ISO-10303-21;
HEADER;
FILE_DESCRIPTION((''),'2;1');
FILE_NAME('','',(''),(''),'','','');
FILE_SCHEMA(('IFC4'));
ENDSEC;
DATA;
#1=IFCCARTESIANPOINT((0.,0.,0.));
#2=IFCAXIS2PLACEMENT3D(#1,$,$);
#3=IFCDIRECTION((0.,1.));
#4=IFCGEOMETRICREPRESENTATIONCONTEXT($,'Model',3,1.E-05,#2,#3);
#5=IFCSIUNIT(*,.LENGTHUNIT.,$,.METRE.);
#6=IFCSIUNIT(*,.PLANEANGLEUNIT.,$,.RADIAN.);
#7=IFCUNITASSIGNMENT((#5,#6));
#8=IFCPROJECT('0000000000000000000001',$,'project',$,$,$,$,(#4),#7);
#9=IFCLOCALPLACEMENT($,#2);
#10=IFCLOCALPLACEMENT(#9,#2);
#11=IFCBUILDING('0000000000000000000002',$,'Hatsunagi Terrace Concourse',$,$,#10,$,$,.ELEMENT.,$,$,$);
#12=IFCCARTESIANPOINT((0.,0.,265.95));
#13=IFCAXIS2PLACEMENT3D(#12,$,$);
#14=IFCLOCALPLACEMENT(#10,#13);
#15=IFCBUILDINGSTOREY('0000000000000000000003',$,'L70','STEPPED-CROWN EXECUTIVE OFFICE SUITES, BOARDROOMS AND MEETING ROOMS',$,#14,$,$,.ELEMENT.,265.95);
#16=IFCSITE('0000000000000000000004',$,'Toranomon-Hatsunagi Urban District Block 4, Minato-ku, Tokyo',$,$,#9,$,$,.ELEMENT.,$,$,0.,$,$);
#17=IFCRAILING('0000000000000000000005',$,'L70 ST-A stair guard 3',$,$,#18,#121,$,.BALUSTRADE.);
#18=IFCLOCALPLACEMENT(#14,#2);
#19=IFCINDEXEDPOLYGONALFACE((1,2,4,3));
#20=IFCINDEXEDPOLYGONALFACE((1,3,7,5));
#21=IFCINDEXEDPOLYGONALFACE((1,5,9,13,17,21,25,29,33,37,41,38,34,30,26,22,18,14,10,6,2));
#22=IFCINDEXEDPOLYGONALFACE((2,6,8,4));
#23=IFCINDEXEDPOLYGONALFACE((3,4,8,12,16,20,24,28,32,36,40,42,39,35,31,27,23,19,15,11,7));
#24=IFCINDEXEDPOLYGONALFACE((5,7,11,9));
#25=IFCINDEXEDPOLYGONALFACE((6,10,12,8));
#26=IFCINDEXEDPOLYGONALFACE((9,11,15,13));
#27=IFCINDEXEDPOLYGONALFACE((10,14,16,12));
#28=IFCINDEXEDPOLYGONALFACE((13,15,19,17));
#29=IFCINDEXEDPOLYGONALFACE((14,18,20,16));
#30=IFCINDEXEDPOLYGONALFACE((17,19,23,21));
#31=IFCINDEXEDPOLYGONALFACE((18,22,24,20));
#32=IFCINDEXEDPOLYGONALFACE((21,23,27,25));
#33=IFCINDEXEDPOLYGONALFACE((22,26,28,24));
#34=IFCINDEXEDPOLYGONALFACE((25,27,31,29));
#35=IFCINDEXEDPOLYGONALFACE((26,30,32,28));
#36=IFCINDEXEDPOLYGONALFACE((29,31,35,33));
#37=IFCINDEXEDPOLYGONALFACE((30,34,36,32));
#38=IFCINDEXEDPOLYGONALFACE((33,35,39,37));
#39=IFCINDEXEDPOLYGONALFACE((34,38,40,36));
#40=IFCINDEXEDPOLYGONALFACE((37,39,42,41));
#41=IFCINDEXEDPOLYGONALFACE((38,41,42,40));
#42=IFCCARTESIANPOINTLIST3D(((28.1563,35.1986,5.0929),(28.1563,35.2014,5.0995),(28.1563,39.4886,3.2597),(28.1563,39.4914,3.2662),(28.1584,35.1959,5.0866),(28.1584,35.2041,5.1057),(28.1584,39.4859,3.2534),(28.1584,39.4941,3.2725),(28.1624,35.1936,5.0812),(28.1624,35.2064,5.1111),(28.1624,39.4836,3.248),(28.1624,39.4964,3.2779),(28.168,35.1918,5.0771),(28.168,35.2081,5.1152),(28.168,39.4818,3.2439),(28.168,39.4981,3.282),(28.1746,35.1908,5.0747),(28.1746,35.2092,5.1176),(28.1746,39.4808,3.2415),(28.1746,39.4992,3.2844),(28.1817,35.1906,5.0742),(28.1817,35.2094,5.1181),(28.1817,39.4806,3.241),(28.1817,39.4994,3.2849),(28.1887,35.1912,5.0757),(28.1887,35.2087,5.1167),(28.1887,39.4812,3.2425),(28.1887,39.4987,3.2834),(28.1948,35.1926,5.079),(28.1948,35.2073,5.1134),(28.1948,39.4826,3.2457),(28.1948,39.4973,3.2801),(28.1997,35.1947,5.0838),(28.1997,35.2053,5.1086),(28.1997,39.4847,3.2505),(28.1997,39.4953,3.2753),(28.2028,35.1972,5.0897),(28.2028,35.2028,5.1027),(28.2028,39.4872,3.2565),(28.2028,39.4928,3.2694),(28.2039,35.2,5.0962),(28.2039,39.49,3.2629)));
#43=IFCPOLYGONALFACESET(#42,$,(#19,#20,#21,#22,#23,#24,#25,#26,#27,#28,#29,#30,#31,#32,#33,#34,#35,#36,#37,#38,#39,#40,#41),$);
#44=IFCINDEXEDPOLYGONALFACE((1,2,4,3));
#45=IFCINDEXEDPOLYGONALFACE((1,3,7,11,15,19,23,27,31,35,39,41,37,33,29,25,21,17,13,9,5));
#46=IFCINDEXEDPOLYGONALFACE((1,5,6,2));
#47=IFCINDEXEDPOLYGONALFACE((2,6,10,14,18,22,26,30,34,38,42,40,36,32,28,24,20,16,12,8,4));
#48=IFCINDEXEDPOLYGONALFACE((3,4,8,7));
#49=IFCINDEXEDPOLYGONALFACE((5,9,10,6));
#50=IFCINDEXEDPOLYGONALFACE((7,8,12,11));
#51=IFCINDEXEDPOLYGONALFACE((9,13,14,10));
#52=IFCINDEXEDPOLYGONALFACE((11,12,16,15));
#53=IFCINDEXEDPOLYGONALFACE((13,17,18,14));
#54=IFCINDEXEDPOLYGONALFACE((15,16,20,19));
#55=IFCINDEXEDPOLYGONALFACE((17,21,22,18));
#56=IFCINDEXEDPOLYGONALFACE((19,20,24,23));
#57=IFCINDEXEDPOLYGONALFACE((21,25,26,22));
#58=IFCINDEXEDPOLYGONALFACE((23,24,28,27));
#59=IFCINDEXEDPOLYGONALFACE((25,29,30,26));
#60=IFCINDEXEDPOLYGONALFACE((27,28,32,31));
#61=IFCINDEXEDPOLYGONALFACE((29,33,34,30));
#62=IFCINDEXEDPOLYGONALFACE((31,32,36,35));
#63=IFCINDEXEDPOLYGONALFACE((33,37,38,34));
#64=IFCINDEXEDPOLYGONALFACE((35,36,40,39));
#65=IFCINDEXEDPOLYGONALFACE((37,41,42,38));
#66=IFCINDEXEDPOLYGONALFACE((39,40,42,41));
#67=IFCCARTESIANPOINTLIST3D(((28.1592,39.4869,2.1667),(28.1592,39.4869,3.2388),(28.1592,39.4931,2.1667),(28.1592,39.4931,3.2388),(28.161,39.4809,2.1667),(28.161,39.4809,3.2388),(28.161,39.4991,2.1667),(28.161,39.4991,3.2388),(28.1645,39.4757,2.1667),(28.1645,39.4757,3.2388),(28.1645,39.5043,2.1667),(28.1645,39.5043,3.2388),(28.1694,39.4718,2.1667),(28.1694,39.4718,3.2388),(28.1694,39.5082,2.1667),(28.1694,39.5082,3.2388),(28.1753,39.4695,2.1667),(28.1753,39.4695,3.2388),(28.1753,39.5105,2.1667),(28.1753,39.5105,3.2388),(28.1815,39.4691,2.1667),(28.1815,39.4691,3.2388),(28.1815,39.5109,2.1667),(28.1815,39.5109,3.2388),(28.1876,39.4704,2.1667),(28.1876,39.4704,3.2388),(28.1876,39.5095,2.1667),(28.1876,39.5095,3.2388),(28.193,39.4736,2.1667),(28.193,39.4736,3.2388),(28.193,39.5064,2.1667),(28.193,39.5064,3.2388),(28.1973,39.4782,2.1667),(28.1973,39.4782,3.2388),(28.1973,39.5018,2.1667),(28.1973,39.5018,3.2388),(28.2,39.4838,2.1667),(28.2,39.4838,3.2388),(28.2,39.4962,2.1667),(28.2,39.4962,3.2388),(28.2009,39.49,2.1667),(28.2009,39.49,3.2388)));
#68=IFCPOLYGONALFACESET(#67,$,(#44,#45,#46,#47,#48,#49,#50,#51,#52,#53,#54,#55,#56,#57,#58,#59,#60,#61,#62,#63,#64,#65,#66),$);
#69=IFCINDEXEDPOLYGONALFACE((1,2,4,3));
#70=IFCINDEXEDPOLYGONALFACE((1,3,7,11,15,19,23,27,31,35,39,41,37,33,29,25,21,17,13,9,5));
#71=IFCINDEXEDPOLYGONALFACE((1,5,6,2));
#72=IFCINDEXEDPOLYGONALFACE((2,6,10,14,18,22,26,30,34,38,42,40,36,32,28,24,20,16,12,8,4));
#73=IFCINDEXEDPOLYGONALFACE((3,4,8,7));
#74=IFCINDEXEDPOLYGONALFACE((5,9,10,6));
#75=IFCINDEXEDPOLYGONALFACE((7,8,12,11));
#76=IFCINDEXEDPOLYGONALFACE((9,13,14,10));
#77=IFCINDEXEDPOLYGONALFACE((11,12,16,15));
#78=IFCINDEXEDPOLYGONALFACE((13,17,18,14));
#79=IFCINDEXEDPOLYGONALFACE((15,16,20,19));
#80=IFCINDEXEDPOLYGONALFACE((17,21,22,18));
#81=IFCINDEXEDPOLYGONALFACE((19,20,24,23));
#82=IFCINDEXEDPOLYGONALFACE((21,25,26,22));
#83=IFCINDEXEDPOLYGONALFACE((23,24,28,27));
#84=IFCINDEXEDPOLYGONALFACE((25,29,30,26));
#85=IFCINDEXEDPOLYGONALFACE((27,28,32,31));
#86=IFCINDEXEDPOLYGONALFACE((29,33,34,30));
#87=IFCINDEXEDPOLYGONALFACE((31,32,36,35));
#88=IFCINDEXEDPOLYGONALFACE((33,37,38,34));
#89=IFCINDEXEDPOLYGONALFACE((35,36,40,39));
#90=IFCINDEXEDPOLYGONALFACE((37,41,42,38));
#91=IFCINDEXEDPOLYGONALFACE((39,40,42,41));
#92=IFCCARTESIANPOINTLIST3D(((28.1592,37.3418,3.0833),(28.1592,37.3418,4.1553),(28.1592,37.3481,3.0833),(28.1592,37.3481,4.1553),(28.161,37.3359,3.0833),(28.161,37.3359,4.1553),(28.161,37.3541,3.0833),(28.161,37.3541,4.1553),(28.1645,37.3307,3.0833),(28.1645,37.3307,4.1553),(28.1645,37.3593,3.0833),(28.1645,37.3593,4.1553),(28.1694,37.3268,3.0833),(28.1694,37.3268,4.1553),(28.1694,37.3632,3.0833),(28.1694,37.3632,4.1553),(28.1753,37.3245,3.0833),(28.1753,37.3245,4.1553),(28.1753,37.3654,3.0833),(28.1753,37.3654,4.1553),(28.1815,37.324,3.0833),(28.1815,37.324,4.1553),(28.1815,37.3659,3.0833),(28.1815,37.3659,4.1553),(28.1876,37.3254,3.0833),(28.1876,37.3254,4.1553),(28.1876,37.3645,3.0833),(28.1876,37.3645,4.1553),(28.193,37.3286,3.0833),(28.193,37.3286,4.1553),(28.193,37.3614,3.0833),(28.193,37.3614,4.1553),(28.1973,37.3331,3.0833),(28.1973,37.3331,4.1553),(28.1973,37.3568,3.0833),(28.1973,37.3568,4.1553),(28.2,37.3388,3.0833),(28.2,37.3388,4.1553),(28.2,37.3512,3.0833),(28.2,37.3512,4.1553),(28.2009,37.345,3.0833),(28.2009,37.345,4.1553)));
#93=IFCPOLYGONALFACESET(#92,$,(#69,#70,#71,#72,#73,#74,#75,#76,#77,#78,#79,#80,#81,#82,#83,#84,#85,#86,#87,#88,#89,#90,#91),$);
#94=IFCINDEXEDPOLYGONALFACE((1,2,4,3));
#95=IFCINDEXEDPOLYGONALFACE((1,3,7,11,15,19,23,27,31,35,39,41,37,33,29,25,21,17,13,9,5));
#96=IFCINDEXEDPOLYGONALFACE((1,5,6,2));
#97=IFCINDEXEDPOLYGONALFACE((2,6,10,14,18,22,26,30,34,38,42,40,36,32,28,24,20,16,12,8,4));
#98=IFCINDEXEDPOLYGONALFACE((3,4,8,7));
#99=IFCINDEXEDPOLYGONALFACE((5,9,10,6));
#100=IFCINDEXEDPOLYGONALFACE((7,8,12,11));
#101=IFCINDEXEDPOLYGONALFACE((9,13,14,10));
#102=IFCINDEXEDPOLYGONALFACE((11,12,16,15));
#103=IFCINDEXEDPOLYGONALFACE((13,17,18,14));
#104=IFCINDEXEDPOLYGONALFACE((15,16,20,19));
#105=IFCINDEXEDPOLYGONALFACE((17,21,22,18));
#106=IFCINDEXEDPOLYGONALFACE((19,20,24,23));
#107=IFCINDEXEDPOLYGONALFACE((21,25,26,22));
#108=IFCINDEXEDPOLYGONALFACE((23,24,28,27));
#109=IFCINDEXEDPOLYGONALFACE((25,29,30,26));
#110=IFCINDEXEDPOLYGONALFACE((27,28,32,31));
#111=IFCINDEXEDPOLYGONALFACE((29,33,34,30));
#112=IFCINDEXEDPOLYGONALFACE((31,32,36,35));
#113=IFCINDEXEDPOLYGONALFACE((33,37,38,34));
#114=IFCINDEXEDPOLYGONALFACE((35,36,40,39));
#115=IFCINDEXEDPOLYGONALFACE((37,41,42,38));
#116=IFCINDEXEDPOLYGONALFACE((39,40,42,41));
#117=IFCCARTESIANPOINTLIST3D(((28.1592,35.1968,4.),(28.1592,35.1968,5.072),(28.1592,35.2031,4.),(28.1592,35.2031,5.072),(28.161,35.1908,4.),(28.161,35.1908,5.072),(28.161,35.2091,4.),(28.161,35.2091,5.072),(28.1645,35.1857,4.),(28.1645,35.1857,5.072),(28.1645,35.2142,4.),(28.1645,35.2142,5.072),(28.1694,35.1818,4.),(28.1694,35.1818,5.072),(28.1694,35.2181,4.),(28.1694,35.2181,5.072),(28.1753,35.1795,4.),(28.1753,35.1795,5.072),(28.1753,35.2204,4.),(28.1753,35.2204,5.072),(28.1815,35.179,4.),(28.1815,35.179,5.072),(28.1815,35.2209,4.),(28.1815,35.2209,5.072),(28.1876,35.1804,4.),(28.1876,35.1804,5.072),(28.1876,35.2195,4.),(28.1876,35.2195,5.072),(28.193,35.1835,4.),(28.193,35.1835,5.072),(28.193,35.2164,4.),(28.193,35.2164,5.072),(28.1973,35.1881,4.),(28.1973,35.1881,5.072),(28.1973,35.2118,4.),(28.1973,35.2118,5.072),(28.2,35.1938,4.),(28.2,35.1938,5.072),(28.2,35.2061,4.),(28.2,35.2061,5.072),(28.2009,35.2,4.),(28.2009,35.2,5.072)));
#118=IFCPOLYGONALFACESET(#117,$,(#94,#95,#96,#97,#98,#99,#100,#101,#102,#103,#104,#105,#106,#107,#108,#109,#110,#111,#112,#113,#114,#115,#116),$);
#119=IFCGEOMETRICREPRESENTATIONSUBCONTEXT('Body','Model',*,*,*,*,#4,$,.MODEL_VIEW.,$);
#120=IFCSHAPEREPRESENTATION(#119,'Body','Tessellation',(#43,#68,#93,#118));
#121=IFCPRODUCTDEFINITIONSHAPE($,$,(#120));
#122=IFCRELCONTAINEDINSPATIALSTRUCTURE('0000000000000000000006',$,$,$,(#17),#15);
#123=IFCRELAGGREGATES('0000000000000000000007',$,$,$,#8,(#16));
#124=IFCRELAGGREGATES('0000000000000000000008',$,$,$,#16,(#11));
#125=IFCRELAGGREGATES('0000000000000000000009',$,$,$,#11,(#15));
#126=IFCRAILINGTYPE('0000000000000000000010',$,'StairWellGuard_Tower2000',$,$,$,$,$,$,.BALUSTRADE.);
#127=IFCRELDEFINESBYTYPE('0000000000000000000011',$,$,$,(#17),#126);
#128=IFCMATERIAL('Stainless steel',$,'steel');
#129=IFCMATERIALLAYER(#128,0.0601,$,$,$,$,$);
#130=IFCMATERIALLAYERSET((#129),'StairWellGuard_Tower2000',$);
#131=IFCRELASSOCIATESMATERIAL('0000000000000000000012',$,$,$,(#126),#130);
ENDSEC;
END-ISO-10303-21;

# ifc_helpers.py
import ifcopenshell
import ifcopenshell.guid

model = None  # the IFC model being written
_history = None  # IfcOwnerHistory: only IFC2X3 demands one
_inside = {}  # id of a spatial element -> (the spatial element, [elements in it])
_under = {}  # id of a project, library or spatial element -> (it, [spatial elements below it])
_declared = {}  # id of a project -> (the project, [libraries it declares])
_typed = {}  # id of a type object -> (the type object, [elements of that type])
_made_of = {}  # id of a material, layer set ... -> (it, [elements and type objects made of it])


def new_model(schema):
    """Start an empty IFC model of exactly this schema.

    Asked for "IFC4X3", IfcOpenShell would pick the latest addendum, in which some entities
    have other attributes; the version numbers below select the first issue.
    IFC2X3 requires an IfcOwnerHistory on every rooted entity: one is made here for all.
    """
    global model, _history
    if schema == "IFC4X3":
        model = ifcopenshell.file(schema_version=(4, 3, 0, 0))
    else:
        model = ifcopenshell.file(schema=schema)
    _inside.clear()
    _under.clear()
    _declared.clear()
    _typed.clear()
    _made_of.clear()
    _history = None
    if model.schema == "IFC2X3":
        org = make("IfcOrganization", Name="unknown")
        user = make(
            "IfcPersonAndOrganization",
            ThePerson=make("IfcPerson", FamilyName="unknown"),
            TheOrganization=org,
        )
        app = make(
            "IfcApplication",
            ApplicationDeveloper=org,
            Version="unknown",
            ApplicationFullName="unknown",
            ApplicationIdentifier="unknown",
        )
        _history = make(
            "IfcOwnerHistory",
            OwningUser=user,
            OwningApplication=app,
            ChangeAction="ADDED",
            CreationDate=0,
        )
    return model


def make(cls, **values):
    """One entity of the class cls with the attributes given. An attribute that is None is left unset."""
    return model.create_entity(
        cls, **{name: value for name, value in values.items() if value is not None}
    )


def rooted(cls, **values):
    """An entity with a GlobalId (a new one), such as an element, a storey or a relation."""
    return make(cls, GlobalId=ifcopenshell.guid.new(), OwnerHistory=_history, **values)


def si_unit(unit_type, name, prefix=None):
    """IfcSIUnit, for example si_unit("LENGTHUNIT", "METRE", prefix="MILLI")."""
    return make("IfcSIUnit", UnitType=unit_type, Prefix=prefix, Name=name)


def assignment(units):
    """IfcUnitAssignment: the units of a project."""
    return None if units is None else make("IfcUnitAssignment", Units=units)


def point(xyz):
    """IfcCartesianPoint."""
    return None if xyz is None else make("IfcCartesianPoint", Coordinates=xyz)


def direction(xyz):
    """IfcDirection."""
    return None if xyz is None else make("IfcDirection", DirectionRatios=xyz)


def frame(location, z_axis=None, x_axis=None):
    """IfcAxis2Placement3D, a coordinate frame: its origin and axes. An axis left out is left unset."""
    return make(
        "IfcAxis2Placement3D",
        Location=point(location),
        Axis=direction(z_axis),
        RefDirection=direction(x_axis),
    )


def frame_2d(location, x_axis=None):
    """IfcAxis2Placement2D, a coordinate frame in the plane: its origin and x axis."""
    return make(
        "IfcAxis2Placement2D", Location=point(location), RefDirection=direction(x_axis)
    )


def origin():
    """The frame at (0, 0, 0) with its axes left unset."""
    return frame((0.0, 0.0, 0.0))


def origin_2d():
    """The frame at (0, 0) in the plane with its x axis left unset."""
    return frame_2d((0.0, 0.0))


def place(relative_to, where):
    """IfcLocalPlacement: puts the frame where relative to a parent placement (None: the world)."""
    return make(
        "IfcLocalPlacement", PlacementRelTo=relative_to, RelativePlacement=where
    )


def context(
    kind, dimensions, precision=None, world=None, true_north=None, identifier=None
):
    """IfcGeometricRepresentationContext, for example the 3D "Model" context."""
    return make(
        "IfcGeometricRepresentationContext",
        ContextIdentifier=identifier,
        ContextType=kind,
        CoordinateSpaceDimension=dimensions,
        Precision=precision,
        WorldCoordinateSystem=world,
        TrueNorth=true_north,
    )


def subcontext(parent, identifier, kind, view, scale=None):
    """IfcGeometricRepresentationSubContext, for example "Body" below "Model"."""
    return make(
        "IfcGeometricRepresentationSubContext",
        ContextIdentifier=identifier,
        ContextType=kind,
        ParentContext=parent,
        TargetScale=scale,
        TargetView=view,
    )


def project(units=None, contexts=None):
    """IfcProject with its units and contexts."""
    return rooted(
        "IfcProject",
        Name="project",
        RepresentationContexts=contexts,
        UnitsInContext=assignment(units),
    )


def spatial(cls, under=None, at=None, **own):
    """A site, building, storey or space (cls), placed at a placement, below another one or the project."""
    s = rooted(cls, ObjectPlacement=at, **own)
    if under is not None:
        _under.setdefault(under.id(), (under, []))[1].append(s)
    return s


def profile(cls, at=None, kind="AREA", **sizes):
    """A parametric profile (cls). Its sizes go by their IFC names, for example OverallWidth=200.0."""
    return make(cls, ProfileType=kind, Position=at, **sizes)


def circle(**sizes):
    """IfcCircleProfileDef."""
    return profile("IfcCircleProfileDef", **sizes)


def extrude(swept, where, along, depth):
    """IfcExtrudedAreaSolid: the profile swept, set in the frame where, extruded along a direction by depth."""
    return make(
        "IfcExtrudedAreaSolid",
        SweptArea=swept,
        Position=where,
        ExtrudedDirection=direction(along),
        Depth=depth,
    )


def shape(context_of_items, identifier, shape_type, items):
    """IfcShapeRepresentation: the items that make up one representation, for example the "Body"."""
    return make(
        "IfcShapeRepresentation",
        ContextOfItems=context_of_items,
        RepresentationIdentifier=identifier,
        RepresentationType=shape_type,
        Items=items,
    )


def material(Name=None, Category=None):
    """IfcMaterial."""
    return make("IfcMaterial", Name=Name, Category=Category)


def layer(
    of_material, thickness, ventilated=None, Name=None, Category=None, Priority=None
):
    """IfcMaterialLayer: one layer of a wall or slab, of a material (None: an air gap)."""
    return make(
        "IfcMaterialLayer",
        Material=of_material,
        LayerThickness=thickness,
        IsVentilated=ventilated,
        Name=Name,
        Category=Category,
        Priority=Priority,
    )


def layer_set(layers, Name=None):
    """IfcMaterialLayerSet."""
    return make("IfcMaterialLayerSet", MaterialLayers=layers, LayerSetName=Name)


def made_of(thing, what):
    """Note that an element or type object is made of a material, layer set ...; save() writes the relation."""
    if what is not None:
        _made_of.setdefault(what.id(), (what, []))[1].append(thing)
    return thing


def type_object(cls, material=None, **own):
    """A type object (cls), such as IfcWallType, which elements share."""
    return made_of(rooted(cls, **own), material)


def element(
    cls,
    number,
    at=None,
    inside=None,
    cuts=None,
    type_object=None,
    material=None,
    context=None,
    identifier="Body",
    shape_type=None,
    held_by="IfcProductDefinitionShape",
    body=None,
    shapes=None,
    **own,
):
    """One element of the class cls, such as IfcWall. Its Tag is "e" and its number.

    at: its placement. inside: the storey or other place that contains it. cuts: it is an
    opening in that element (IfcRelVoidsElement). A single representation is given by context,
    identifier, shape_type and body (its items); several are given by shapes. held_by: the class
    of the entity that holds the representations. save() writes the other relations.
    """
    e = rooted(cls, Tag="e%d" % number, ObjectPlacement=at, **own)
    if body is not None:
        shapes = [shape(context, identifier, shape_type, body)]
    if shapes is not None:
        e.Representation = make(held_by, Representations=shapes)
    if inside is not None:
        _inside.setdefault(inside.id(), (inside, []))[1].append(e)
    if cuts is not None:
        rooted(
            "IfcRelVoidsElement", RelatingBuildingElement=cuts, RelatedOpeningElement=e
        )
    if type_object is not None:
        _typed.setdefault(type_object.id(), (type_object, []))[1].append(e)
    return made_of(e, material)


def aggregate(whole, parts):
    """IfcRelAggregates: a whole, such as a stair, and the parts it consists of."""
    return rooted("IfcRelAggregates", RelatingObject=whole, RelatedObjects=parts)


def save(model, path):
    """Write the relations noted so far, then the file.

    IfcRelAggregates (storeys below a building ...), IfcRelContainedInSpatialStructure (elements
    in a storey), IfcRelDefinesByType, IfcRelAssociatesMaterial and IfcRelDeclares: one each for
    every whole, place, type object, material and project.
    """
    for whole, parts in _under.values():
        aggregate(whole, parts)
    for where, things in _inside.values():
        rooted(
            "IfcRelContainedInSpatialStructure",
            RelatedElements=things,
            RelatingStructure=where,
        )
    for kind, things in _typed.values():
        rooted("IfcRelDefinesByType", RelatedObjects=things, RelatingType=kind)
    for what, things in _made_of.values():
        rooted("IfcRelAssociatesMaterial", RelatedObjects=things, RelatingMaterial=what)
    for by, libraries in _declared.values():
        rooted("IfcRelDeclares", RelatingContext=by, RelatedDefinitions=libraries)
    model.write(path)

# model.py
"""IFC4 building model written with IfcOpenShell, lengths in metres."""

from ifc_helpers import new_model, si_unit, direction, frame, origin, origin_2d, place, context, subcontext, project, spatial, circle, extrude, material, layer, layer_set, type_object, element, save


model = new_model("IFC4")

# Units and contexts
model_context = context("Model", 3, precision=1e-05, world=origin(), true_north=direction((0.0, 1.0)))
body_context = subcontext(model_context, "Body", "Model", "MODEL_VIEW")
ifc_project = project(units=[si_unit("LENGTHUNIT", "METRE"), si_unit("PLANEANGLEUNIT", "RADIAN")], contexts=[model_context])

# Site, building, storey
site_placement = place(None, origin())
site = spatial("IfcSite", under=ifc_project, at=site_placement, Name="Toranomon-Hatsunagi Urban District Block 4, Minato-ku, Tokyo", CompositionType="ELEMENT", RefElevation=0.0)
building_placement = place(site_placement, origin())
building = spatial("IfcBuilding", under=site, at=building_placement, Name="Hatsunagi Terrace Concourse", CompositionType="ELEMENT")
storey_placement = place(building_placement, frame((0.0, 0.0, 265.95)))
storey = spatial("IfcBuildingStorey", under=building, at=storey_placement, Name="L70", Description="STEPPED-CROWN EXECUTIVE OFFICE SUITES, BOARDROOMS AND MEETING ROOMS", CompositionType="ELEMENT", Elevation=265.95)

# Railing
ifc_material_1 = material(Name="Stainless steel", Category="steel")
ifc_layer_1 = layer(ifc_material_1, 0.0601)
ifc_layer_set_1 = layer_set([ifc_layer_1], Name="StairWellGuard_Tower2000")
railing_type_1 = type_object("IfcRailingType", Name="StairWellGuard_Tower2000", PredefinedType="BALUSTRADE", material=ifc_layer_set_1)
railing_1_placement = place(storey_placement, frame((28.1799, 39.49, 2.1667)))
element("IfcRailing", 1, at=railing_1_placement, inside=storey, type_object=railing_type_1, Name="L70 ST-A stair guard 3", PredefinedType="BALUSTRADE", context=body_context, shape_type="SweptSolid", body=[
    extrude(circle(Radius=0.0239, at=origin_2d()), frame((0.0, 0.0, 1.0962), z_axis=(0.0, -0.919559, 0.392953), x_axis=(1.0, 0.0, 0.0)), (0.0, 0.0, 1.0), 4.6653),
    extrude(circle(Radius=0.021, at=origin_2d()), origin(), (0.0, 0.0, 1.0), 1.072),
    extrude(circle(Radius=0.021, at=origin_2d()), frame((0.0, -2.145, 0.9165)), (0.0, 0.0, 1.0), 1.072),
    extrude(circle(Radius=0.021, at=origin_2d()), frame((0.0, -4.29, 1.8333)), (0.0, 0.0, 1.0), 1.072),
])

save(model, "model.ifc")
